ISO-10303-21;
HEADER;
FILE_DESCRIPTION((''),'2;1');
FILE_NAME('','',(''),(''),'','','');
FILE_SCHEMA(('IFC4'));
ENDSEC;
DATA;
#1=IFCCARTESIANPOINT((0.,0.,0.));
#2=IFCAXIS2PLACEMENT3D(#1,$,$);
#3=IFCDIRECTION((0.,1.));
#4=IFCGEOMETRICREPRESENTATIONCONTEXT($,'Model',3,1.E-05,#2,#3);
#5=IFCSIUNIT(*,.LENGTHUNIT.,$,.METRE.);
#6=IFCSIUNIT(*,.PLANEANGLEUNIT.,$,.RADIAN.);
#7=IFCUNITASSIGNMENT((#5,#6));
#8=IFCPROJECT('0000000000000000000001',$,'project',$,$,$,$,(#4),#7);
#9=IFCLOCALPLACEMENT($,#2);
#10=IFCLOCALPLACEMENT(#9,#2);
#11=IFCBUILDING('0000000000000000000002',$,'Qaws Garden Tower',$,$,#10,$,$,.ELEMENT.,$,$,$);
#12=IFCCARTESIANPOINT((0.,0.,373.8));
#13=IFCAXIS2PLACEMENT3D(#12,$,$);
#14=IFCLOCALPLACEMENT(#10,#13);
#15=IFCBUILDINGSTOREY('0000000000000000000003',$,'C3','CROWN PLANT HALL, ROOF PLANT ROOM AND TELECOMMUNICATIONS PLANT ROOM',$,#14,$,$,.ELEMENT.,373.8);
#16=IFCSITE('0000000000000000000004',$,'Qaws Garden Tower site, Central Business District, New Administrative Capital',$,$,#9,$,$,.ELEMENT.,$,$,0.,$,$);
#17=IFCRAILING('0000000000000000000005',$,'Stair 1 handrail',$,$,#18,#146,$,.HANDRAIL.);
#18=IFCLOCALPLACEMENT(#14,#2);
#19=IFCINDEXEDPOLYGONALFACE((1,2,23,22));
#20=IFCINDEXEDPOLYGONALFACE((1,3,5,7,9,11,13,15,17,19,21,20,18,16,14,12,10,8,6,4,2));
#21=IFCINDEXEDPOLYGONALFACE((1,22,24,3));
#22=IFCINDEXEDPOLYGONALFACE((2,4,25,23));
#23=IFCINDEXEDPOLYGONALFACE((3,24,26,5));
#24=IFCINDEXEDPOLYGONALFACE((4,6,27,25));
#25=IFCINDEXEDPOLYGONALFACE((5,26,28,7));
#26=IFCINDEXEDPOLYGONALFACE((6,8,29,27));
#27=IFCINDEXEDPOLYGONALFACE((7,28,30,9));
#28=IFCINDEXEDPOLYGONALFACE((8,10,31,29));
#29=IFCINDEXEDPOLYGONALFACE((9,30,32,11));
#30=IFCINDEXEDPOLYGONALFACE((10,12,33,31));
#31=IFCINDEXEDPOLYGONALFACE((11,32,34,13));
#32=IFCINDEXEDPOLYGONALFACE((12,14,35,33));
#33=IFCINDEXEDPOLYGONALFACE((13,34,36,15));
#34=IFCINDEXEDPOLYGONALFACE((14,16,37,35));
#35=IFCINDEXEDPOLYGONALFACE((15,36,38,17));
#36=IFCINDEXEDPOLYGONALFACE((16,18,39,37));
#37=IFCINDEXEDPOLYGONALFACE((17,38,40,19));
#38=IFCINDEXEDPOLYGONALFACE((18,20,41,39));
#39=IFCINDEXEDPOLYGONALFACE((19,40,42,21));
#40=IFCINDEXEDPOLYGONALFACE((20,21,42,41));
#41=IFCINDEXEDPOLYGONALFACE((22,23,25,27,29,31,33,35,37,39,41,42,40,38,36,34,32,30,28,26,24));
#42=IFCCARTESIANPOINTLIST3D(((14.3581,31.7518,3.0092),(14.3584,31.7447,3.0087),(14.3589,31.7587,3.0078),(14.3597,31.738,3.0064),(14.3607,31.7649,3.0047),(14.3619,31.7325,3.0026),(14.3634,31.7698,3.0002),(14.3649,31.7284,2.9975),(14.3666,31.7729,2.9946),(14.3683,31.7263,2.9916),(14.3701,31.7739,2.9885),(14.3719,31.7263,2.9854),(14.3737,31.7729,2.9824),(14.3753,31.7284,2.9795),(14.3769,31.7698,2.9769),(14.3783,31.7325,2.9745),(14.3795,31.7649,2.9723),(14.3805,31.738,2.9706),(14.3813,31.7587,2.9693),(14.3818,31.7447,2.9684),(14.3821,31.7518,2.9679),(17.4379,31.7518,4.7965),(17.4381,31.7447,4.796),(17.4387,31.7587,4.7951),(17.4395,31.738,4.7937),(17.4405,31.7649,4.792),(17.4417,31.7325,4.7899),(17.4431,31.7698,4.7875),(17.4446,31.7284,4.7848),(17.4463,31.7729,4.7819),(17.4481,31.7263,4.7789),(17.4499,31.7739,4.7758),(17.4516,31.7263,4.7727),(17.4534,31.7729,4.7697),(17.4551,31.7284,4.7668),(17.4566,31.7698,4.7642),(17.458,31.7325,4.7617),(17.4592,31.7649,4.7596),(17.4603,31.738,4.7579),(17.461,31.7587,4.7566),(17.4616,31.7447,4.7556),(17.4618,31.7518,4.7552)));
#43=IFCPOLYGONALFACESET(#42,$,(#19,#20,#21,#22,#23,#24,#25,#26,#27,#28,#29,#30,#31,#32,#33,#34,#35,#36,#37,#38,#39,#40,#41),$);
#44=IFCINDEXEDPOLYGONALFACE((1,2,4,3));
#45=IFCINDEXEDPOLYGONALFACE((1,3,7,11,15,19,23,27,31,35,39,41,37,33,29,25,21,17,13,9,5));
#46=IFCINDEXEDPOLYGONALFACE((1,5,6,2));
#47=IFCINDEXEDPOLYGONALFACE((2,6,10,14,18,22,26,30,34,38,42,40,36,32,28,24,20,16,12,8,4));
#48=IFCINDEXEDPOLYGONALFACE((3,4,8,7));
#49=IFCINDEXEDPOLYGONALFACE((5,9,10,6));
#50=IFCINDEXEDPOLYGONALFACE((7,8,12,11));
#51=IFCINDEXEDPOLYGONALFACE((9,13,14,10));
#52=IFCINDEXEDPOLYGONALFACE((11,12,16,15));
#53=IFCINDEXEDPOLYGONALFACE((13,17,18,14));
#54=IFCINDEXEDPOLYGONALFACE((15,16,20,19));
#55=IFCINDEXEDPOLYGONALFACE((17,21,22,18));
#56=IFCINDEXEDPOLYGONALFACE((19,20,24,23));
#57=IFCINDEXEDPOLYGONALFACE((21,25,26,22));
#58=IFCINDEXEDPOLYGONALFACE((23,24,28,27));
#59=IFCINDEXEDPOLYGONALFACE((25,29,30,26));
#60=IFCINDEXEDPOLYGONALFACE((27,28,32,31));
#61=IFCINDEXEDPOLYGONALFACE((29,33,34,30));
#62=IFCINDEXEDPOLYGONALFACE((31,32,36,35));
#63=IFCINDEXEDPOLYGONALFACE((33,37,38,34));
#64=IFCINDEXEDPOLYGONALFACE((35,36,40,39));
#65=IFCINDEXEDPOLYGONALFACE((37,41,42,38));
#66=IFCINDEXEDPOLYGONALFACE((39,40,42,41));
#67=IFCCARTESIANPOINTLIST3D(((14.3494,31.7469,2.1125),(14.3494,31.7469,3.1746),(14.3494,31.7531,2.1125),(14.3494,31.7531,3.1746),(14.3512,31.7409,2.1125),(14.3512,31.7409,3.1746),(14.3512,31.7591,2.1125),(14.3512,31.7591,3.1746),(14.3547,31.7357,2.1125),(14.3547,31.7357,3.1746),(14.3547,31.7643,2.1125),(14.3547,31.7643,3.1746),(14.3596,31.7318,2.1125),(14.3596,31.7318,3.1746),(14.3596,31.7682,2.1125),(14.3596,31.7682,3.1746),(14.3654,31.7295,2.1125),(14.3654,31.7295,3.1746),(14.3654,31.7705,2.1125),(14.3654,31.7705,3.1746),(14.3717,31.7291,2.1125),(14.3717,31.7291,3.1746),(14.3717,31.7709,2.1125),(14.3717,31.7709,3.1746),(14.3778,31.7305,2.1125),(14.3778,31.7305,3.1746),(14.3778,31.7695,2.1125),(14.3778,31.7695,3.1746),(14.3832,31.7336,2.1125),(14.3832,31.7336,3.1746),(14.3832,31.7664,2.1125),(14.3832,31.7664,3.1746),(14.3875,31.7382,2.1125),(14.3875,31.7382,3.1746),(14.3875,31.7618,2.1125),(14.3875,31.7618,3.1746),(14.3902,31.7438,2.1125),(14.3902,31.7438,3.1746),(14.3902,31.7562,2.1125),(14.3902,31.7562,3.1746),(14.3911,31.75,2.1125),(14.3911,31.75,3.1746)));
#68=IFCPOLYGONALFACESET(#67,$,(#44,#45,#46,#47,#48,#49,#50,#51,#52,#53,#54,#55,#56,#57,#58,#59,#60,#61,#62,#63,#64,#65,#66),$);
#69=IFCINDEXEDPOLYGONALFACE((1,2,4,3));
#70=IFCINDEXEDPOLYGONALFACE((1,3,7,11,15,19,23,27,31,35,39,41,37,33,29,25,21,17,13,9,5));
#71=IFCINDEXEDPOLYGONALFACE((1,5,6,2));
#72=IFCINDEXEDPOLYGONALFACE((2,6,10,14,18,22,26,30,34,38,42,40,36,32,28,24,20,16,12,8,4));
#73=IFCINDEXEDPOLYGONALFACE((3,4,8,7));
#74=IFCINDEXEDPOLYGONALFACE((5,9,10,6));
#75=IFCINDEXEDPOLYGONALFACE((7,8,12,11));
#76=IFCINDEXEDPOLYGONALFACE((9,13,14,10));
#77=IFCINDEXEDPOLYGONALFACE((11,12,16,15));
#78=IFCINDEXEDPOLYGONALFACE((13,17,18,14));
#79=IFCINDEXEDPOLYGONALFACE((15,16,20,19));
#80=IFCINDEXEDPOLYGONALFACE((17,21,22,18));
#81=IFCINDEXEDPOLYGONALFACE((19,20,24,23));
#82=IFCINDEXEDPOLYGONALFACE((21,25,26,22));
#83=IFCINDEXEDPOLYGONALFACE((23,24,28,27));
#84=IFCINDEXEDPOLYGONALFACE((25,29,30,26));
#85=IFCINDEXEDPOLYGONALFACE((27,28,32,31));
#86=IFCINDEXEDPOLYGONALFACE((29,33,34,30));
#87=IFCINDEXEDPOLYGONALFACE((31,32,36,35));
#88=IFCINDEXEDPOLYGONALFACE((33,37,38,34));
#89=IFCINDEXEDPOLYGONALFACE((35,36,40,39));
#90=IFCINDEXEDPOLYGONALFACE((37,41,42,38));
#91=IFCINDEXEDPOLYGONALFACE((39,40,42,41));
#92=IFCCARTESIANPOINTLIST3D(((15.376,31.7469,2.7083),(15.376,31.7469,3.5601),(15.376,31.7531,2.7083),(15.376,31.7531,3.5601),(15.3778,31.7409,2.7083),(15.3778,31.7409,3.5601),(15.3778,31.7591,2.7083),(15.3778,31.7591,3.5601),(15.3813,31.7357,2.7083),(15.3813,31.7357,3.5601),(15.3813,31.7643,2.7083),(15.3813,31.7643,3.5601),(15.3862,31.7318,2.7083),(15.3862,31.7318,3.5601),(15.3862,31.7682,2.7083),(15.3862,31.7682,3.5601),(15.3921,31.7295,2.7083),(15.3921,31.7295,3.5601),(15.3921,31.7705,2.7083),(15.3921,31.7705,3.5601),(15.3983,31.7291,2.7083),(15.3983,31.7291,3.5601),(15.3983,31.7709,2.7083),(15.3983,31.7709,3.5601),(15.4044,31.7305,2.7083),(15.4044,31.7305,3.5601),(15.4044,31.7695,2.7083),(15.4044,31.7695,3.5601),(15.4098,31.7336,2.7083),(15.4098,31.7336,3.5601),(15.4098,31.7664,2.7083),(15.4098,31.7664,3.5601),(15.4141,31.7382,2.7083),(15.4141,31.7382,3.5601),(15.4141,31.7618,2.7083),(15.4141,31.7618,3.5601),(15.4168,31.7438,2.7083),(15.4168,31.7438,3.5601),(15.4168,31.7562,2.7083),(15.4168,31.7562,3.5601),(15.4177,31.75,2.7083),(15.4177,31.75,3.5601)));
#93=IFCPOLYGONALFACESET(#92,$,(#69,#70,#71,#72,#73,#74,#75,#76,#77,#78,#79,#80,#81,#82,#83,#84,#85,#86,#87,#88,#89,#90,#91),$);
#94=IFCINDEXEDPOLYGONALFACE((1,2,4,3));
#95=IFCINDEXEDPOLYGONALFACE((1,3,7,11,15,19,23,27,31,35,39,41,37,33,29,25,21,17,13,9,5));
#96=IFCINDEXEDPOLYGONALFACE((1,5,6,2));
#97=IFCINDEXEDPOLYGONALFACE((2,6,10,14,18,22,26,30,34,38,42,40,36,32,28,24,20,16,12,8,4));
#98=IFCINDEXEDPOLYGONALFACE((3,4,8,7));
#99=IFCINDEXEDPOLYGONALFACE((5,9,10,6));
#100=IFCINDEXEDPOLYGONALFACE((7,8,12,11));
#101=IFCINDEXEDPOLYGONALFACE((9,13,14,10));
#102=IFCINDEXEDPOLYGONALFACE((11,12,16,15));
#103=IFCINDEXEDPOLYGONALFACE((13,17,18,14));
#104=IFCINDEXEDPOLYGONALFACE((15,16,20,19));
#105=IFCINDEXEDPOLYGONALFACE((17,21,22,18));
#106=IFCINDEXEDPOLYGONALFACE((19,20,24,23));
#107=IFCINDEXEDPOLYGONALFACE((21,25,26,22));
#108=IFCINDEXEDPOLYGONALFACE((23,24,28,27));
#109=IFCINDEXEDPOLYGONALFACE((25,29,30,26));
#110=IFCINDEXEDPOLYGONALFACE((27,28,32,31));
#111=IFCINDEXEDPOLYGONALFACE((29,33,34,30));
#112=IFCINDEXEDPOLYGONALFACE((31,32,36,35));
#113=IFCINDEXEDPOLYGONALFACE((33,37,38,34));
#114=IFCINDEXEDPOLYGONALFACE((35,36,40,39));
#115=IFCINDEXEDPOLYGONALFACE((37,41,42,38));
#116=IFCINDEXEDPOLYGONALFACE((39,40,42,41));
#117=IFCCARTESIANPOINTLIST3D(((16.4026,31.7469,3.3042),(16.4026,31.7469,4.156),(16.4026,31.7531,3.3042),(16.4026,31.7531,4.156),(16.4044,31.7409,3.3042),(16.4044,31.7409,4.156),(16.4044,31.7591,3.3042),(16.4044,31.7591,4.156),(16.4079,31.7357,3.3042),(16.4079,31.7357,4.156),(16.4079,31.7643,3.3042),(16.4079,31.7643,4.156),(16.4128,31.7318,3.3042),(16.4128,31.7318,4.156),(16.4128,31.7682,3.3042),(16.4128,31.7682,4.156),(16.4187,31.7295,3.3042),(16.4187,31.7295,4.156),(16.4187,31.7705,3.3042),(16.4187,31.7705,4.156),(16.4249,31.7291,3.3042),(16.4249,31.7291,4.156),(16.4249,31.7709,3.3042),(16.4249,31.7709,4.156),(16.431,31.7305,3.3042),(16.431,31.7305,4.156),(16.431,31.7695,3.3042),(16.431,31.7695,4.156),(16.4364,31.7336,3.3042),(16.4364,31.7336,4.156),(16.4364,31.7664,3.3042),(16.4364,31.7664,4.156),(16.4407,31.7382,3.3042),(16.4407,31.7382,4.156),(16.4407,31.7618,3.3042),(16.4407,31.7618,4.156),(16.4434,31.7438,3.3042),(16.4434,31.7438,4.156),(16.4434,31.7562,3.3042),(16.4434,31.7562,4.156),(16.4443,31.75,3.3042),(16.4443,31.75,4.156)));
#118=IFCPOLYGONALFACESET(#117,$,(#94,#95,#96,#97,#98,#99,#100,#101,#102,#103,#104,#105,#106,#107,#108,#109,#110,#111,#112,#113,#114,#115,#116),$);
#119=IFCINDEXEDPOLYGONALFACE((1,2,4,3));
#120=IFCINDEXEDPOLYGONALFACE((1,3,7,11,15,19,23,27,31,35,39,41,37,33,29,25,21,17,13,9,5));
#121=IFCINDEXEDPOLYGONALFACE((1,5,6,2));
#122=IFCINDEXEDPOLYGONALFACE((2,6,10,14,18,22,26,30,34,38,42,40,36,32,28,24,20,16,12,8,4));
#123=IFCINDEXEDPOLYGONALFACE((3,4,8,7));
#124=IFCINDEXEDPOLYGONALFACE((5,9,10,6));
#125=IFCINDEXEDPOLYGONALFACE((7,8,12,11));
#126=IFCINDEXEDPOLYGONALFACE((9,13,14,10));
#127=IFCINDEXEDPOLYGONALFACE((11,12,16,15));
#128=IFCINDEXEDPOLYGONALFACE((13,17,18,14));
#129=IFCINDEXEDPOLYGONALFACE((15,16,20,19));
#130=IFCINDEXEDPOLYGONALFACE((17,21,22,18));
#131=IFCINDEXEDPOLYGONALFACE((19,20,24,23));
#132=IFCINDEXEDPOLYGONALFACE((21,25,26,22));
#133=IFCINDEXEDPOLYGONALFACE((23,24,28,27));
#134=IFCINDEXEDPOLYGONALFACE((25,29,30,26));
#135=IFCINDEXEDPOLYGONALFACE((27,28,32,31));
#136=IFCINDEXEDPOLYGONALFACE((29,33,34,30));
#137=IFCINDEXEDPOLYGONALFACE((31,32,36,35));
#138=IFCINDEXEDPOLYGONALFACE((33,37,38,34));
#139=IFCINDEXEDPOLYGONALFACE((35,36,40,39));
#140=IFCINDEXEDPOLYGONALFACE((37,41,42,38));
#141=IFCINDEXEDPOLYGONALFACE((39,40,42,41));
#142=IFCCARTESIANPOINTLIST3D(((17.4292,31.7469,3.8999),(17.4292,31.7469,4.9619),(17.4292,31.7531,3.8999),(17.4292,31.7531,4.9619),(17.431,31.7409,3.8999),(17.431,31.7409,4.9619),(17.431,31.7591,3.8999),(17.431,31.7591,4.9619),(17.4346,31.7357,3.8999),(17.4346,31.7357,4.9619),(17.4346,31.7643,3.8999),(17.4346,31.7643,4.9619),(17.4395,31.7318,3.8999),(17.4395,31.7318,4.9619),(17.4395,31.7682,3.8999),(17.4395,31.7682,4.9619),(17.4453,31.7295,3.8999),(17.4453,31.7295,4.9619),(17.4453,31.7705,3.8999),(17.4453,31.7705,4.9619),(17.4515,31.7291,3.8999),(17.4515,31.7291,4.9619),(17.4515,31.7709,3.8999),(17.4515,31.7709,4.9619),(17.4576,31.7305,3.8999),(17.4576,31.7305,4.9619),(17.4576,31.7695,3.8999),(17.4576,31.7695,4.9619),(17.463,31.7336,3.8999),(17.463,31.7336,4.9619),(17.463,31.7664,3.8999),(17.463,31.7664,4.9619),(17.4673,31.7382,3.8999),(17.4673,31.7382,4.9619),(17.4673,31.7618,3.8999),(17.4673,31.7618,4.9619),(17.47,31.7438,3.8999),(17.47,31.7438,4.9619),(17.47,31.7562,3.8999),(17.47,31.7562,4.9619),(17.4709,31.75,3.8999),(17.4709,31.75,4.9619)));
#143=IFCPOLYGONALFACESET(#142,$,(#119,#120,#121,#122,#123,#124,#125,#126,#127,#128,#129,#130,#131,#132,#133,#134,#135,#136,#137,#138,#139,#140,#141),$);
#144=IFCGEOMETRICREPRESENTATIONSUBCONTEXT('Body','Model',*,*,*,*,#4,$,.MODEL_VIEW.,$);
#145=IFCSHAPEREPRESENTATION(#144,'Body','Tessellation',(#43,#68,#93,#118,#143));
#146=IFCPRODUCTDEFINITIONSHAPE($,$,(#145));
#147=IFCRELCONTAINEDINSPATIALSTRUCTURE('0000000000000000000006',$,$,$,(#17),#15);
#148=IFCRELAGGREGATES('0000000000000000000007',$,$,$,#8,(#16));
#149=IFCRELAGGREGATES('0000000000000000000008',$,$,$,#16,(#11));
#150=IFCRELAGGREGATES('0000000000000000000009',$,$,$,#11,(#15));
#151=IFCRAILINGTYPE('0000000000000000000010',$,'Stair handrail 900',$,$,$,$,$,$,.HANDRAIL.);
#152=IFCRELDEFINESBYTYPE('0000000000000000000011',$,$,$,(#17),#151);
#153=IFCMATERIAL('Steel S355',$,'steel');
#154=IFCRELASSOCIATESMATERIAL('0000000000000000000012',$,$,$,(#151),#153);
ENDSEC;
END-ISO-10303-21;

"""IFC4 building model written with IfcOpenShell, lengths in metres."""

from ifc_helpers import new_model, si_unit, direction, frame, origin, origin_2d, place, context, subcontext, project, spatial, circle, extrude, material, type_object, element, save


model = new_model("IFC4")

# Units and contexts
model_context = context("Model", 3, precision=1e-05, world=origin(), true_north=direction((0.0, 1.0)))
body_context = subcontext(model_context, "Body", "Model", "MODEL_VIEW")
ifc_project = project(units=[si_unit("LENGTHUNIT", "METRE"), si_unit("PLANEANGLEUNIT", "RADIAN")], contexts=[model_context])

# Site, building, storey
site_placement = place(None, origin())
site = spatial("IfcSite", under=ifc_project, at=site_placement, Name="Qaws Garden Tower site, Central Business District, New Administrative Capital", CompositionType="ELEMENT", RefElevation=0.0)
building_placement = place(site_placement, origin())
building = spatial("IfcBuilding", under=site, at=building_placement, Name="Qaws Garden Tower", CompositionType="ELEMENT")
storey_placement = place(building_placement, frame((0.0, 0.0, 373.8)))
storey = spatial("IfcBuildingStorey", under=building, at=storey_placement, Name="C3", Description="CROWN PLANT HALL, ROOF PLANT ROOM AND TELECOMMUNICATIONS PLANT ROOM", CompositionType="ELEMENT", Elevation=373.8)

# Railing
ifc_material_1 = material(Name="Steel S355", Category="steel")
railing_type = type_object("IfcRailingType", Name="Stair handrail 900", PredefinedType="HANDRAIL", material=ifc_material_1)
railing_1_placement = place(storey_placement, frame((14.3701, 31.75, 2.1125)))
element("IfcRailing", 1, at=railing_1_placement, inside=storey, type_object=railing_type, Name="Stair 1 handrail", PredefinedType="HANDRAIL", context=body_context, shape_type="SweptSolid", body=[
    extrude(circle(Radius=0.0239, at=origin_2d()), frame((0.0, 0.0, 0.876), z_axis=(0.864903, 0.0, 0.501939), x_axis=(0.0, 1.0, 0.0)), (0.0, 0.0, 1.0), 3.5608),
    extrude(circle(Radius=0.021, at=origin_2d()), origin(), (0.0, 0.0, 1.0), 1.062),
    extrude(circle(Radius=0.021, at=origin_2d()), frame((1.0266, 0.0, 0.5957)), (0.0, 0.0, 1.0), 0.8518),
    extrude(circle(Radius=0.021, at=origin_2d()), frame((2.0532, 0.0, 1.1917)), (0.0, 0.0, 1.0), 0.8518),
    extrude(circle(Radius=0.021, at=origin_2d()), frame((3.0798, 0.0, 1.7874)), (0.0, 0.0, 1.0), 1.062),
])

save(model, "model.ifc")
